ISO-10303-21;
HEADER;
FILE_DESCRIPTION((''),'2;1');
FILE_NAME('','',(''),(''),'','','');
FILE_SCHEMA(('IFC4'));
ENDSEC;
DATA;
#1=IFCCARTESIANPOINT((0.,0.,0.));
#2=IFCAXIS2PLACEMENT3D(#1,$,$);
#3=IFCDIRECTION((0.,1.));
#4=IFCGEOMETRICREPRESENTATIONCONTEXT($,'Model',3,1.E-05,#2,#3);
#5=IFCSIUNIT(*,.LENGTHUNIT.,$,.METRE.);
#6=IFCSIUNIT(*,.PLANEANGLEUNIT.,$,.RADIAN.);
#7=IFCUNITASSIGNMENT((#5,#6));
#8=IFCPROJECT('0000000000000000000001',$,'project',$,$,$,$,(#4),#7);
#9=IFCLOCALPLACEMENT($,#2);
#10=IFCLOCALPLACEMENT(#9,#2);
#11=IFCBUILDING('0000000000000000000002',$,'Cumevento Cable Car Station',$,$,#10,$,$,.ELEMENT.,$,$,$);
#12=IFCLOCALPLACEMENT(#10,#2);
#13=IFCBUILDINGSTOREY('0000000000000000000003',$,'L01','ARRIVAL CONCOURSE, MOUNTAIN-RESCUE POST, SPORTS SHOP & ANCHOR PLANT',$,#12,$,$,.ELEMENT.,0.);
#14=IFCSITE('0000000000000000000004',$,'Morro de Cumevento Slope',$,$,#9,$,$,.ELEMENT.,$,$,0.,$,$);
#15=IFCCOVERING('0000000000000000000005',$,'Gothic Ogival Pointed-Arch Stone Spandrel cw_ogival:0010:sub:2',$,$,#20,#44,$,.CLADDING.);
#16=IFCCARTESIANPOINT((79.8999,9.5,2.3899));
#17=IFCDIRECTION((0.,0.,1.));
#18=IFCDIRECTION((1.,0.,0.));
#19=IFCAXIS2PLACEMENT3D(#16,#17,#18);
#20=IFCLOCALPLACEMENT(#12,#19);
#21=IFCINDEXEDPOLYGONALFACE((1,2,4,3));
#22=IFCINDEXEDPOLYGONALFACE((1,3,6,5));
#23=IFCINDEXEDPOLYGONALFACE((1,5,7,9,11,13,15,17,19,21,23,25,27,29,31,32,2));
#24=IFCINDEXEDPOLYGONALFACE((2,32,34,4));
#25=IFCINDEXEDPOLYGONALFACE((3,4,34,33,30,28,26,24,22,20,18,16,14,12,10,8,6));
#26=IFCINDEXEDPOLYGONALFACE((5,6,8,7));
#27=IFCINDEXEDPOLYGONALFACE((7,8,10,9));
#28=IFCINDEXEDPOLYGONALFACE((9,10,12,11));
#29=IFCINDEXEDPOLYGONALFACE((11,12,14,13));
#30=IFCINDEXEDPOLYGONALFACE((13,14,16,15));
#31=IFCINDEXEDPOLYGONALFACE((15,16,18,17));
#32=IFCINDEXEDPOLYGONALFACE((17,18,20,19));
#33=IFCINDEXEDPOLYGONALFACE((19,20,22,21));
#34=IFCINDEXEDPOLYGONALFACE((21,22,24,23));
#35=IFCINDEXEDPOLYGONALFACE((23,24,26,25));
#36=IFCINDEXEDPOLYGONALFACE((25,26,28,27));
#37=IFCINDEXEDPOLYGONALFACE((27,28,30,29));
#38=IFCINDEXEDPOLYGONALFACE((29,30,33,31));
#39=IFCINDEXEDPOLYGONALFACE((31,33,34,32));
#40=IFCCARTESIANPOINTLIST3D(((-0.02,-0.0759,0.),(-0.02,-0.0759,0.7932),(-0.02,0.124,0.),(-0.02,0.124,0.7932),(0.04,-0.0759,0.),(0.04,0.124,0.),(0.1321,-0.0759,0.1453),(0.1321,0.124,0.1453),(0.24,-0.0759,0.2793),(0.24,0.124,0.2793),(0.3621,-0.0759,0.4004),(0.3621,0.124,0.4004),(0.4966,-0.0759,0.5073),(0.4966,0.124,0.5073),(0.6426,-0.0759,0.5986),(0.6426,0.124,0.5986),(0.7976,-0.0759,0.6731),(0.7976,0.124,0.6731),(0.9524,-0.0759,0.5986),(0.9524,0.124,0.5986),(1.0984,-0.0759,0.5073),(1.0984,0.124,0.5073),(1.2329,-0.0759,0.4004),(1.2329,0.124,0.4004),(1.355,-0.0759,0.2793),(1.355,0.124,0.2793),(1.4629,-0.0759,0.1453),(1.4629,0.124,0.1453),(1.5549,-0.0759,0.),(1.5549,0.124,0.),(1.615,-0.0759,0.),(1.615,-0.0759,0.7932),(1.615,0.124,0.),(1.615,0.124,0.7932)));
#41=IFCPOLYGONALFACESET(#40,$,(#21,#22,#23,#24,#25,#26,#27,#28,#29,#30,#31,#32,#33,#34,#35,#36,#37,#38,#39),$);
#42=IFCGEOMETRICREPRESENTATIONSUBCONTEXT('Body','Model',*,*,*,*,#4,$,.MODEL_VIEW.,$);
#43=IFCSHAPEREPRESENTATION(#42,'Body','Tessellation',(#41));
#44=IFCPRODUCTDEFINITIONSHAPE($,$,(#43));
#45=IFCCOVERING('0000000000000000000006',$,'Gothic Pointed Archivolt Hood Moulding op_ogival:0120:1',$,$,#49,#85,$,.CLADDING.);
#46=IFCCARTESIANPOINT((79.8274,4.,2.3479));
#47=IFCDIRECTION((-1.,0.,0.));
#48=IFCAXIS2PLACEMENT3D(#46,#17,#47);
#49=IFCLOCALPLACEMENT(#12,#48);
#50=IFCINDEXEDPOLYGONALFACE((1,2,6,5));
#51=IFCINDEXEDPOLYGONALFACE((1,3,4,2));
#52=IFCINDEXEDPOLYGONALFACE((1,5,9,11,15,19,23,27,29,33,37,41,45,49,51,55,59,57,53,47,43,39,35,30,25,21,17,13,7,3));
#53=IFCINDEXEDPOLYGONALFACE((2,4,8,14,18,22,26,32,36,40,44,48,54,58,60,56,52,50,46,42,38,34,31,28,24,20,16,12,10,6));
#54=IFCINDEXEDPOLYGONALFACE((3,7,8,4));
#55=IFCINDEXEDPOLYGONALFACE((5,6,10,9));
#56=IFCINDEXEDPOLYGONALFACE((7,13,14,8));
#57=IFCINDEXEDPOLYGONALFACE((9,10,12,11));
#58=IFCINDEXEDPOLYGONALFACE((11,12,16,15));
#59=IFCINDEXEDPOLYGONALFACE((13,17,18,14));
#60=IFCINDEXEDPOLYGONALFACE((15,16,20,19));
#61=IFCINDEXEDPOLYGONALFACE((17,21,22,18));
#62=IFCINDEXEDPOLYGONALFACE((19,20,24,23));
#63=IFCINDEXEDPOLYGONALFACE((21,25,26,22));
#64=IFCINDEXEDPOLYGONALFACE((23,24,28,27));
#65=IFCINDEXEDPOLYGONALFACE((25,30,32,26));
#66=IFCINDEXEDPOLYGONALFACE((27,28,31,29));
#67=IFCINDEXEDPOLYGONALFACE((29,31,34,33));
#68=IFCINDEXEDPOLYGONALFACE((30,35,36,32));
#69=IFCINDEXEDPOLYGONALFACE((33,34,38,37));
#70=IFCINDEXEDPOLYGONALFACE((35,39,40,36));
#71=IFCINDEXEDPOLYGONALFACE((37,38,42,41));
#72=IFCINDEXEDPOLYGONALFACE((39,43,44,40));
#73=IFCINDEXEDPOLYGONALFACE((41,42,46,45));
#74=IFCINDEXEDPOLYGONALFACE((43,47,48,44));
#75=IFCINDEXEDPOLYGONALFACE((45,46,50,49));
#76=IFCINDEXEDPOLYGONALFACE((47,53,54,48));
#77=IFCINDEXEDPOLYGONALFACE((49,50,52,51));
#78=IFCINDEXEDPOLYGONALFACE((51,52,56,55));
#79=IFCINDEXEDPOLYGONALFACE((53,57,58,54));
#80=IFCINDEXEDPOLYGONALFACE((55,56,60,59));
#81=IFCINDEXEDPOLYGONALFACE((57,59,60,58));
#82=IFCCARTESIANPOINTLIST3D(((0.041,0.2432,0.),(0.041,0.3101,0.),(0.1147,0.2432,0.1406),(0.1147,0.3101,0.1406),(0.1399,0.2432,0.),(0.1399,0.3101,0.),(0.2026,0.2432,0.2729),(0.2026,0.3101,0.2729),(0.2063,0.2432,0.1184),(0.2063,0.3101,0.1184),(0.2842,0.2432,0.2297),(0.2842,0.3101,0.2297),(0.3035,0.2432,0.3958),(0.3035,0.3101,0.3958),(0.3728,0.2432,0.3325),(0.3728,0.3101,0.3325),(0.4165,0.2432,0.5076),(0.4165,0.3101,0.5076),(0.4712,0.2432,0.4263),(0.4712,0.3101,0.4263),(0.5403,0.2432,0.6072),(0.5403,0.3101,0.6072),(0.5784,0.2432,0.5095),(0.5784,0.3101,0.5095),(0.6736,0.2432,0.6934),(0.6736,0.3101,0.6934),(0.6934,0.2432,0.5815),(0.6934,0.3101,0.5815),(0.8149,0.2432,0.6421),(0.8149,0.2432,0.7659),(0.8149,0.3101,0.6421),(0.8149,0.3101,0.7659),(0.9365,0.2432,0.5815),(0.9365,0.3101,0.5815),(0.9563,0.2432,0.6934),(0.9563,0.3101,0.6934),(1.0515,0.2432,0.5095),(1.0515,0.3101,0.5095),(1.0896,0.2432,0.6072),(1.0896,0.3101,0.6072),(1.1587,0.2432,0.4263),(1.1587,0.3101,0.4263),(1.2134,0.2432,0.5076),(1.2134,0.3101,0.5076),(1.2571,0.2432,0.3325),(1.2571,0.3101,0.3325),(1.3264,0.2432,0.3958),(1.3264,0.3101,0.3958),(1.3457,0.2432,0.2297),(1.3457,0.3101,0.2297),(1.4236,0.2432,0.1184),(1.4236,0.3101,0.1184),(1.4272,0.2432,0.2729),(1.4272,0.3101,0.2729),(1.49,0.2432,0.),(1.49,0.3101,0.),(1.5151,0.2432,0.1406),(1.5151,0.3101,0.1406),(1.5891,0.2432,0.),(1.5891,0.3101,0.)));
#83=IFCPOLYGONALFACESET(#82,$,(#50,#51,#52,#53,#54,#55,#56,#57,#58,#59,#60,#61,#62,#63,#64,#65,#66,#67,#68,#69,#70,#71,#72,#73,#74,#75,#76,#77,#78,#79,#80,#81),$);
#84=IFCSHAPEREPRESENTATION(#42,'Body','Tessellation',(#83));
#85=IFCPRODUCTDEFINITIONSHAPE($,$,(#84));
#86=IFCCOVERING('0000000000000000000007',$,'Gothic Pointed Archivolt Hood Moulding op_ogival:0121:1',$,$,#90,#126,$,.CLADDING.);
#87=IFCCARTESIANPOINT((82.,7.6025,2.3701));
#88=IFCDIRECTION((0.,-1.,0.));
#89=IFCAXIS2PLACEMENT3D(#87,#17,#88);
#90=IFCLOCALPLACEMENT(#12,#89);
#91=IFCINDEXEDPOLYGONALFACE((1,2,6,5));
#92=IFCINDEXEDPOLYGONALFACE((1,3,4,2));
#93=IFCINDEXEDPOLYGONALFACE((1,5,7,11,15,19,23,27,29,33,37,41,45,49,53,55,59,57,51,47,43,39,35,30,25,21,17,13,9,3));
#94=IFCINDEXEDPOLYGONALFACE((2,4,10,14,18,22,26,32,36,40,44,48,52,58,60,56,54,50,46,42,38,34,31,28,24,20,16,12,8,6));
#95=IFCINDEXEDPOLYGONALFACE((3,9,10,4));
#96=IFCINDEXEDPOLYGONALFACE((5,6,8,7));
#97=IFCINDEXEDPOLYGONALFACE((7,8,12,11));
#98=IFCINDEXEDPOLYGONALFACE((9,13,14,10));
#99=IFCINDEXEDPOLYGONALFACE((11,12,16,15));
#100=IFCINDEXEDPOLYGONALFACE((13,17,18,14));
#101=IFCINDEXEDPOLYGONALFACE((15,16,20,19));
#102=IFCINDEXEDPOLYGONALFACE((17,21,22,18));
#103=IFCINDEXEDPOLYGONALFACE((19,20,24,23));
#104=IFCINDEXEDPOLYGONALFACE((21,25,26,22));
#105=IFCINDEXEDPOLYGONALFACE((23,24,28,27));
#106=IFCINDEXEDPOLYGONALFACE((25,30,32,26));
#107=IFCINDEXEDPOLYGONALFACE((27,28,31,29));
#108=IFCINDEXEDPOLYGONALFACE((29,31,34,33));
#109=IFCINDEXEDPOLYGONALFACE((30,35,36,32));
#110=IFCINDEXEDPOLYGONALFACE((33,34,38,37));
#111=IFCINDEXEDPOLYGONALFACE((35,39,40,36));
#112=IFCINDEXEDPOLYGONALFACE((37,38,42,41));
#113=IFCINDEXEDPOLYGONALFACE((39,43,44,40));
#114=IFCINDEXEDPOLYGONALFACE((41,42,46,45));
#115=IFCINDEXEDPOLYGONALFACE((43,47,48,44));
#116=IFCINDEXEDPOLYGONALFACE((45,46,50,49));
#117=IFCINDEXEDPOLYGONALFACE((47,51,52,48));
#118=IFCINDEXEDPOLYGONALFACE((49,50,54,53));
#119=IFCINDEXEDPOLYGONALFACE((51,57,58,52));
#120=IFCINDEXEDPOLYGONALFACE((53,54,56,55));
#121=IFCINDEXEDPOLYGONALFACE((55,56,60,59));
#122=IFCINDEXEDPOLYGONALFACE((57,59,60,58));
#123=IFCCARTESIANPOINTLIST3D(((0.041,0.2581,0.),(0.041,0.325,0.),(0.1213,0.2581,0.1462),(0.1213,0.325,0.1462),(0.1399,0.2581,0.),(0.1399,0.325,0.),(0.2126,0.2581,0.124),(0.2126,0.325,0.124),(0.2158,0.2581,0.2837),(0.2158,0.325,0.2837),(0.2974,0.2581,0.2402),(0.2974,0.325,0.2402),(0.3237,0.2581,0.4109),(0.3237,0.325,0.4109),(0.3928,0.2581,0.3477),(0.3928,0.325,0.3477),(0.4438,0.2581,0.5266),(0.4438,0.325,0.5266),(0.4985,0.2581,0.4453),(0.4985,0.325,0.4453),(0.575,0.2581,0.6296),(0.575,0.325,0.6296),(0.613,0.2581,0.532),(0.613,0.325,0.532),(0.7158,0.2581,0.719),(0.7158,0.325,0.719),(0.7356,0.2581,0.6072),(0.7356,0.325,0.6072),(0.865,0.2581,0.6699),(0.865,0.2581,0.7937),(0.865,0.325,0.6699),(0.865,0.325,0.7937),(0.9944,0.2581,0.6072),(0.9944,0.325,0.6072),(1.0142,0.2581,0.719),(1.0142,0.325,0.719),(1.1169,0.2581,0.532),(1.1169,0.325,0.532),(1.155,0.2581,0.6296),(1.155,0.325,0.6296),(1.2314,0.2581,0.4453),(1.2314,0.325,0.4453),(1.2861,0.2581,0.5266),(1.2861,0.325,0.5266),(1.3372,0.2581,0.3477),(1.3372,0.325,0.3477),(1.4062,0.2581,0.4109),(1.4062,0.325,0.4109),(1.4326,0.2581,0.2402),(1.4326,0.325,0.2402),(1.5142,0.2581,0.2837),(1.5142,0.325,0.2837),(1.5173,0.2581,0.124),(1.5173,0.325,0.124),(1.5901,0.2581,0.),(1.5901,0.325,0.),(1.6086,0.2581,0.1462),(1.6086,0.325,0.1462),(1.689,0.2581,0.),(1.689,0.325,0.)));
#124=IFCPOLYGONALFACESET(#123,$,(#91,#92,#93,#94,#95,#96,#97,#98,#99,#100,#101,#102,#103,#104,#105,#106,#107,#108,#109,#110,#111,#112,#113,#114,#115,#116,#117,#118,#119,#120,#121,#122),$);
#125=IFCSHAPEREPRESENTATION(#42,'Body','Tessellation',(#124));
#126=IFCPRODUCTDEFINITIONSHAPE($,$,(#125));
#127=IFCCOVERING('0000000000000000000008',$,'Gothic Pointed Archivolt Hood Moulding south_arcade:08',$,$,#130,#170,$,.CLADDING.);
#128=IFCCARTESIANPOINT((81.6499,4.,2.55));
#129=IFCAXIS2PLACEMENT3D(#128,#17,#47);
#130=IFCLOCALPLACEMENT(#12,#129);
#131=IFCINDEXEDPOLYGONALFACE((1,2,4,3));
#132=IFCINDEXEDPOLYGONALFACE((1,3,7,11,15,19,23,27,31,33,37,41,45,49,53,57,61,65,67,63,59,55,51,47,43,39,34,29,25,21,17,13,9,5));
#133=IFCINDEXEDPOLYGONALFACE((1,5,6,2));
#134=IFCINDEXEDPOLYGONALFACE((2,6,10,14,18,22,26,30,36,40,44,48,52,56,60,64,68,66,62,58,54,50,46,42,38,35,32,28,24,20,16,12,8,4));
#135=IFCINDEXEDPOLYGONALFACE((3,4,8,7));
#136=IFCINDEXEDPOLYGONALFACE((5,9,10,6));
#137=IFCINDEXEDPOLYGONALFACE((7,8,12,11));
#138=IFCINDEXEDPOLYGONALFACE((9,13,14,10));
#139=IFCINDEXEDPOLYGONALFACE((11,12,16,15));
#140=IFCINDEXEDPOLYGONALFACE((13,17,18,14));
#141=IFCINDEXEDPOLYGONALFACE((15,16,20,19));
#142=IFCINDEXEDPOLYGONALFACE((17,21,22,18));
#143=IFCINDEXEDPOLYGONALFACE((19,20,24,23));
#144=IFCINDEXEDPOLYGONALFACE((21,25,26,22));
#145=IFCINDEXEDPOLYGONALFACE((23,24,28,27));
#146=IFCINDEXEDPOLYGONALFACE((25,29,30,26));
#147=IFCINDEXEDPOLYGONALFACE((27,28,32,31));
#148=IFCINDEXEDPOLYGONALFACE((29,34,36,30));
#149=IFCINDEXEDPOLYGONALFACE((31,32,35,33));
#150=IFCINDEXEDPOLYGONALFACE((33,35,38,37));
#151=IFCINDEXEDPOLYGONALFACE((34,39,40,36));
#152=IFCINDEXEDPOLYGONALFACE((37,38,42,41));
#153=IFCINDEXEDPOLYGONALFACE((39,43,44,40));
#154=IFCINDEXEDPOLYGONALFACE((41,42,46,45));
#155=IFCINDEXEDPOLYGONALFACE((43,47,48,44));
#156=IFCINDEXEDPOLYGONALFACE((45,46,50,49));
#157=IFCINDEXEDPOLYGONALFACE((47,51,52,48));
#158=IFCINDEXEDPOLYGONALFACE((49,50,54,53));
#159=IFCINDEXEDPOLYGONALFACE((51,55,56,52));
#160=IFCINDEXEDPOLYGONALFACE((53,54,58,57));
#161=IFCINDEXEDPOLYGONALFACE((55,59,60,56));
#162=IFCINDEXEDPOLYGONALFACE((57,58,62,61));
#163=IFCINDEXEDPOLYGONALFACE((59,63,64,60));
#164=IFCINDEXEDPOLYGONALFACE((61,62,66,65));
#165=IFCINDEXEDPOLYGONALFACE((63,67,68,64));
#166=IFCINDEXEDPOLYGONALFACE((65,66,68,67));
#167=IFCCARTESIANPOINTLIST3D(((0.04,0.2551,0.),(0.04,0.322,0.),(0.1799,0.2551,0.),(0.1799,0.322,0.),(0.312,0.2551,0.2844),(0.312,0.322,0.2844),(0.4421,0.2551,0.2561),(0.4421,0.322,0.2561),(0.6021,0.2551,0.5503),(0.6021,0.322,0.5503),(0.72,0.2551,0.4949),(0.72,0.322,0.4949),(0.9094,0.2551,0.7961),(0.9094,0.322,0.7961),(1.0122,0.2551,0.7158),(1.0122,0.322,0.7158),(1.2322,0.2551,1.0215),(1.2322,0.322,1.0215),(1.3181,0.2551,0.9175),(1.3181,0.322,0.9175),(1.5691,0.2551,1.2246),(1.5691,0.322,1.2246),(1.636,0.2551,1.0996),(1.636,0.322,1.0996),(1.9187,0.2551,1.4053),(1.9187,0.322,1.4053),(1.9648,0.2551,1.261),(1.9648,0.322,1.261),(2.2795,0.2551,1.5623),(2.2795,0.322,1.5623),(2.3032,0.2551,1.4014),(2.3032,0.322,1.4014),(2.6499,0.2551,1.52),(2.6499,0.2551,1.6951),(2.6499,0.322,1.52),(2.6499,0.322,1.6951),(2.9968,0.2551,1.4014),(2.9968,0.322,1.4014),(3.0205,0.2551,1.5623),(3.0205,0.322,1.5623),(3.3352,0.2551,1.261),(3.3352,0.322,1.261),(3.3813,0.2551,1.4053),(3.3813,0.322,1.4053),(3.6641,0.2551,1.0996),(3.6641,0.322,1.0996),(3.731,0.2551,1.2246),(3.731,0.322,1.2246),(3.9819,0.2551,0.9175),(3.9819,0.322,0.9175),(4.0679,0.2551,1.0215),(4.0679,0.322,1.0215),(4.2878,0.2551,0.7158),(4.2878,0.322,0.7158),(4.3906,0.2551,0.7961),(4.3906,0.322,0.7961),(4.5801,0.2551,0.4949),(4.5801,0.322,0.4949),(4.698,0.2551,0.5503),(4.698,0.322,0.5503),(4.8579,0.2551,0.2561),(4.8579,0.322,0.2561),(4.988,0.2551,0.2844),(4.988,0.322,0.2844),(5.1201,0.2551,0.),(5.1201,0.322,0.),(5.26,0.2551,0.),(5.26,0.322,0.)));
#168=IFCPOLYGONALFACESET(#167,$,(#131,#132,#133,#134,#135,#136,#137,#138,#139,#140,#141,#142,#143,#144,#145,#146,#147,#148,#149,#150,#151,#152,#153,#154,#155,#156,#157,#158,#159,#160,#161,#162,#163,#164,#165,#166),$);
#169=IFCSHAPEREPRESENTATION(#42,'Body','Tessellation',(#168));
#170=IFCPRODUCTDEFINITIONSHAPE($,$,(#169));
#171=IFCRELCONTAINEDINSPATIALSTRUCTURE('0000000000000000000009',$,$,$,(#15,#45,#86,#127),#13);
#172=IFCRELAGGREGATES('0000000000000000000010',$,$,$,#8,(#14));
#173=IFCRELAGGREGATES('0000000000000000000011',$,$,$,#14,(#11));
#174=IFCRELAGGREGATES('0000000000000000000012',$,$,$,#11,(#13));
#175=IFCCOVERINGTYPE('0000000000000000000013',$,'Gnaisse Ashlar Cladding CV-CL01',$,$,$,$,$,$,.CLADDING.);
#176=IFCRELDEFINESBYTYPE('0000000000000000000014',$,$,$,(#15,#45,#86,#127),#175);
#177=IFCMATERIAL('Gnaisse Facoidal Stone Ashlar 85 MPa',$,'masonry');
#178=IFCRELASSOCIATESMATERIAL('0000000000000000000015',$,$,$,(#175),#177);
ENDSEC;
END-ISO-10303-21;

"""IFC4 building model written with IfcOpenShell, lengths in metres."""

from ifc_helpers import new_model, si_unit, direction, frame, origin, place, context, subcontext, project, spatial, polyline, outline, extrude, material, type_object, element, save


model = new_model("IFC4")

# Units and contexts
model_context = context("Model", 3, precision=1e-05, world=origin(), true_north=direction((0.0, 1.0)))
body_context = subcontext(model_context, "Body", "Model", "MODEL_VIEW")
ifc_project = project(units=[si_unit("LENGTHUNIT", "METRE"), si_unit("PLANEANGLEUNIT", "RADIAN")], contexts=[model_context])

# Site, building, storey
site_placement = place(None, origin())
site = spatial("IfcSite", under=ifc_project, at=site_placement, Name="Morro de Cumevento Slope", CompositionType="ELEMENT", RefElevation=0.0)
building_placement = place(site_placement, origin())
building = spatial("IfcBuilding", under=site, at=building_placement, Name="Cumevento Cable Car Station", CompositionType="ELEMENT")
storey_placement = place(building_placement, origin())
storey = spatial("IfcBuildingStorey", under=building, at=storey_placement, Name="L01", Description="ARRIVAL CONCOURSE, MOUNTAIN-RESCUE POST, SPORTS SHOP & ANCHOR PLANT", CompositionType="ELEMENT", Elevation=0.0)

# Coverings
ifc_material_1 = material(Name="Gnaisse Facoidal Stone Ashlar 85 MPa", Category="masonry")
covering_type = type_object("IfcCoveringType", Name="Gnaisse Ashlar Cladding CV-CL01", PredefinedType="CLADDING", material=ifc_material_1)
covering_1_placement = place(storey_placement, frame((79.8999, 9.5, 2.3899), z_axis=(0.0, 0.0, 1.0), x_axis=(1.0, 0.0, 0.0)))
element("IfcCovering", 1, at=covering_1_placement, inside=storey, type_object=covering_type, Name="Gothic Ogival Pointed-Arch Stone Spandrel cw_ogival:0010:sub:2", PredefinedType="CLADDING", context=body_context, shape_type="SweptSolid", body=[
    extrude(outline(polyline([(-0.02, 0.0), (-0.02, 0.7932), (1.615, 0.7932), (1.615, 0.0), (1.5549, 0.0), (1.4629, 0.1453), (1.355, 0.2793), (1.2329, 0.4004), (1.0984, 0.5073), (0.9524, 0.5986), (0.7976, 0.6731), (0.6426, 0.5986), (0.4966, 0.5073), (0.3621, 0.4004), (0.24, 0.2793), (0.1321, 0.1453), (0.04, 0.0), (-0.02, 0.0)])), frame((0.0, 0.124, 0.0), z_axis=(0.0, -1.0, 0.0), x_axis=(1.0, 0.0, 0.0)), (0.0, 0.0, 1.0), 0.2),
])
covering_2_placement = place(storey_placement, frame((79.8274, 4.0, 2.3479), z_axis=(0.0, 0.0, 1.0), x_axis=(-1.0, 0.0, 0.0)))
element("IfcCovering", 2, at=covering_2_placement, inside=storey, type_object=covering_type, Name="Gothic Pointed Archivolt Hood Moulding op_ogival:0120:1", PredefinedType="CLADDING", context=body_context, shape_type="SweptSolid", body=[
    extrude(outline(polyline([(0.1399, 0.0), (0.2063, 0.1184), (0.2842, 0.2297), (0.3728, 0.3325), (0.4712, 0.4263), (0.5784, 0.5095), (0.6934, 0.5815), (0.8149, 0.6421), (0.9365, 0.5815), (1.0515, 0.5095), (1.1587, 0.4263), (1.2571, 0.3325), (1.3457, 0.2297), (1.4236, 0.1184), (1.49, 0.0), (1.5891, 0.0), (1.5151, 0.1406), (1.4272, 0.2729), (1.3264, 0.3958), (1.2134, 0.5076), (1.0896, 0.6072), (0.9563, 0.6934), (0.8149, 0.7659), (0.6736, 0.6934), (0.5403, 0.6072), (0.4165, 0.5076), (0.3035, 0.3958), (0.2026, 0.2729), (0.1147, 0.1406), (0.041, 0.0), (0.1399, 0.0)])), frame((0.0, 0.3101, 0.0), z_axis=(0.0, -1.0, 0.0), x_axis=(1.0, 0.0, 0.0)), (0.0, 0.0, 1.0), 0.0669),
])
covering_3_placement = place(storey_placement, frame((82.0, 7.6025, 2.3701), z_axis=(0.0, 0.0, 1.0), x_axis=(0.0, -1.0, 0.0)))
element("IfcCovering", 3, at=covering_3_placement, inside=storey, type_object=covering_type, Name="Gothic Pointed Archivolt Hood Moulding op_ogival:0121:1", PredefinedType="CLADDING", context=body_context, shape_type="SweptSolid", body=[
    extrude(outline(polyline([(0.1399, 0.0), (0.2126, 0.124), (0.2974, 0.2402), (0.3928, 0.3477), (0.4985, 0.4453), (0.613, 0.532), (0.7356, 0.6072), (0.865, 0.6699), (0.9944, 0.6072), (1.1169, 0.532), (1.2314, 0.4453), (1.3372, 0.3477), (1.4326, 0.2402), (1.5173, 0.124), (1.5901, 0.0), (1.689, 0.0), (1.6086, 0.1462), (1.5142, 0.2837), (1.4062, 0.4109), (1.2861, 0.5266), (1.155, 0.6296), (1.0142, 0.719), (0.865, 0.7937), (0.7158, 0.719), (0.575, 0.6296), (0.4438, 0.5266), (0.3237, 0.4109), (0.2158, 0.2837), (0.1213, 0.1462), (0.041, 0.0), (0.1399, 0.0)])), frame((0.0, 0.325, 0.0), z_axis=(0.0, -1.0, 0.0), x_axis=(1.0, 0.0, 0.0)), (0.0, 0.0, 1.0), 0.0669),
])
covering_4_placement = place(storey_placement, frame((81.6499, 4.0, 2.55), z_axis=(0.0, 0.0, 1.0), x_axis=(-1.0, 0.0, 0.0)))
element("IfcCovering", 4, at=covering_4_placement, inside=storey, type_object=covering_type, Name="Gothic Pointed Archivolt Hood Moulding south_arcade:08", PredefinedType="CLADDING", context=body_context, shape_type="SweptSolid", body=[
    extrude(outline(polyline([(0.1799, 0.0), (0.4421, 0.2561), (0.72, 0.4949), (1.0122, 0.7158), (1.3181, 0.9175), (1.636, 1.0996), (1.9648, 1.261), (2.3032, 1.4014), (2.6499, 1.52), (2.9968, 1.4014), (3.3352, 1.261), (3.6641, 1.0996), (3.9819, 0.9175), (4.2878, 0.7158), (4.5801, 0.4949), (4.8579, 0.2561), (5.1201, 0.0), (5.26, 0.0), (4.988, 0.2844), (4.698, 0.5503), (4.3906, 0.7961), (4.0679, 1.0215), (3.731, 1.2246), (3.3813, 1.4053), (3.0205, 1.5623), (2.6499, 1.6951), (2.2795, 1.5623), (1.9187, 1.4053), (1.5691, 1.2246), (1.2322, 1.0215), (0.9094, 0.7961), (0.6021, 0.5503), (0.312, 0.2844), (0.04, 0.0), (0.1799, 0.0)])), frame((0.0, 0.322, 0.0), z_axis=(0.0, -1.0, 0.0), x_axis=(1.0, 0.0, 0.0)), (0.0, 0.0, 1.0), 0.0669),
])

save(model, "model.ifc")
